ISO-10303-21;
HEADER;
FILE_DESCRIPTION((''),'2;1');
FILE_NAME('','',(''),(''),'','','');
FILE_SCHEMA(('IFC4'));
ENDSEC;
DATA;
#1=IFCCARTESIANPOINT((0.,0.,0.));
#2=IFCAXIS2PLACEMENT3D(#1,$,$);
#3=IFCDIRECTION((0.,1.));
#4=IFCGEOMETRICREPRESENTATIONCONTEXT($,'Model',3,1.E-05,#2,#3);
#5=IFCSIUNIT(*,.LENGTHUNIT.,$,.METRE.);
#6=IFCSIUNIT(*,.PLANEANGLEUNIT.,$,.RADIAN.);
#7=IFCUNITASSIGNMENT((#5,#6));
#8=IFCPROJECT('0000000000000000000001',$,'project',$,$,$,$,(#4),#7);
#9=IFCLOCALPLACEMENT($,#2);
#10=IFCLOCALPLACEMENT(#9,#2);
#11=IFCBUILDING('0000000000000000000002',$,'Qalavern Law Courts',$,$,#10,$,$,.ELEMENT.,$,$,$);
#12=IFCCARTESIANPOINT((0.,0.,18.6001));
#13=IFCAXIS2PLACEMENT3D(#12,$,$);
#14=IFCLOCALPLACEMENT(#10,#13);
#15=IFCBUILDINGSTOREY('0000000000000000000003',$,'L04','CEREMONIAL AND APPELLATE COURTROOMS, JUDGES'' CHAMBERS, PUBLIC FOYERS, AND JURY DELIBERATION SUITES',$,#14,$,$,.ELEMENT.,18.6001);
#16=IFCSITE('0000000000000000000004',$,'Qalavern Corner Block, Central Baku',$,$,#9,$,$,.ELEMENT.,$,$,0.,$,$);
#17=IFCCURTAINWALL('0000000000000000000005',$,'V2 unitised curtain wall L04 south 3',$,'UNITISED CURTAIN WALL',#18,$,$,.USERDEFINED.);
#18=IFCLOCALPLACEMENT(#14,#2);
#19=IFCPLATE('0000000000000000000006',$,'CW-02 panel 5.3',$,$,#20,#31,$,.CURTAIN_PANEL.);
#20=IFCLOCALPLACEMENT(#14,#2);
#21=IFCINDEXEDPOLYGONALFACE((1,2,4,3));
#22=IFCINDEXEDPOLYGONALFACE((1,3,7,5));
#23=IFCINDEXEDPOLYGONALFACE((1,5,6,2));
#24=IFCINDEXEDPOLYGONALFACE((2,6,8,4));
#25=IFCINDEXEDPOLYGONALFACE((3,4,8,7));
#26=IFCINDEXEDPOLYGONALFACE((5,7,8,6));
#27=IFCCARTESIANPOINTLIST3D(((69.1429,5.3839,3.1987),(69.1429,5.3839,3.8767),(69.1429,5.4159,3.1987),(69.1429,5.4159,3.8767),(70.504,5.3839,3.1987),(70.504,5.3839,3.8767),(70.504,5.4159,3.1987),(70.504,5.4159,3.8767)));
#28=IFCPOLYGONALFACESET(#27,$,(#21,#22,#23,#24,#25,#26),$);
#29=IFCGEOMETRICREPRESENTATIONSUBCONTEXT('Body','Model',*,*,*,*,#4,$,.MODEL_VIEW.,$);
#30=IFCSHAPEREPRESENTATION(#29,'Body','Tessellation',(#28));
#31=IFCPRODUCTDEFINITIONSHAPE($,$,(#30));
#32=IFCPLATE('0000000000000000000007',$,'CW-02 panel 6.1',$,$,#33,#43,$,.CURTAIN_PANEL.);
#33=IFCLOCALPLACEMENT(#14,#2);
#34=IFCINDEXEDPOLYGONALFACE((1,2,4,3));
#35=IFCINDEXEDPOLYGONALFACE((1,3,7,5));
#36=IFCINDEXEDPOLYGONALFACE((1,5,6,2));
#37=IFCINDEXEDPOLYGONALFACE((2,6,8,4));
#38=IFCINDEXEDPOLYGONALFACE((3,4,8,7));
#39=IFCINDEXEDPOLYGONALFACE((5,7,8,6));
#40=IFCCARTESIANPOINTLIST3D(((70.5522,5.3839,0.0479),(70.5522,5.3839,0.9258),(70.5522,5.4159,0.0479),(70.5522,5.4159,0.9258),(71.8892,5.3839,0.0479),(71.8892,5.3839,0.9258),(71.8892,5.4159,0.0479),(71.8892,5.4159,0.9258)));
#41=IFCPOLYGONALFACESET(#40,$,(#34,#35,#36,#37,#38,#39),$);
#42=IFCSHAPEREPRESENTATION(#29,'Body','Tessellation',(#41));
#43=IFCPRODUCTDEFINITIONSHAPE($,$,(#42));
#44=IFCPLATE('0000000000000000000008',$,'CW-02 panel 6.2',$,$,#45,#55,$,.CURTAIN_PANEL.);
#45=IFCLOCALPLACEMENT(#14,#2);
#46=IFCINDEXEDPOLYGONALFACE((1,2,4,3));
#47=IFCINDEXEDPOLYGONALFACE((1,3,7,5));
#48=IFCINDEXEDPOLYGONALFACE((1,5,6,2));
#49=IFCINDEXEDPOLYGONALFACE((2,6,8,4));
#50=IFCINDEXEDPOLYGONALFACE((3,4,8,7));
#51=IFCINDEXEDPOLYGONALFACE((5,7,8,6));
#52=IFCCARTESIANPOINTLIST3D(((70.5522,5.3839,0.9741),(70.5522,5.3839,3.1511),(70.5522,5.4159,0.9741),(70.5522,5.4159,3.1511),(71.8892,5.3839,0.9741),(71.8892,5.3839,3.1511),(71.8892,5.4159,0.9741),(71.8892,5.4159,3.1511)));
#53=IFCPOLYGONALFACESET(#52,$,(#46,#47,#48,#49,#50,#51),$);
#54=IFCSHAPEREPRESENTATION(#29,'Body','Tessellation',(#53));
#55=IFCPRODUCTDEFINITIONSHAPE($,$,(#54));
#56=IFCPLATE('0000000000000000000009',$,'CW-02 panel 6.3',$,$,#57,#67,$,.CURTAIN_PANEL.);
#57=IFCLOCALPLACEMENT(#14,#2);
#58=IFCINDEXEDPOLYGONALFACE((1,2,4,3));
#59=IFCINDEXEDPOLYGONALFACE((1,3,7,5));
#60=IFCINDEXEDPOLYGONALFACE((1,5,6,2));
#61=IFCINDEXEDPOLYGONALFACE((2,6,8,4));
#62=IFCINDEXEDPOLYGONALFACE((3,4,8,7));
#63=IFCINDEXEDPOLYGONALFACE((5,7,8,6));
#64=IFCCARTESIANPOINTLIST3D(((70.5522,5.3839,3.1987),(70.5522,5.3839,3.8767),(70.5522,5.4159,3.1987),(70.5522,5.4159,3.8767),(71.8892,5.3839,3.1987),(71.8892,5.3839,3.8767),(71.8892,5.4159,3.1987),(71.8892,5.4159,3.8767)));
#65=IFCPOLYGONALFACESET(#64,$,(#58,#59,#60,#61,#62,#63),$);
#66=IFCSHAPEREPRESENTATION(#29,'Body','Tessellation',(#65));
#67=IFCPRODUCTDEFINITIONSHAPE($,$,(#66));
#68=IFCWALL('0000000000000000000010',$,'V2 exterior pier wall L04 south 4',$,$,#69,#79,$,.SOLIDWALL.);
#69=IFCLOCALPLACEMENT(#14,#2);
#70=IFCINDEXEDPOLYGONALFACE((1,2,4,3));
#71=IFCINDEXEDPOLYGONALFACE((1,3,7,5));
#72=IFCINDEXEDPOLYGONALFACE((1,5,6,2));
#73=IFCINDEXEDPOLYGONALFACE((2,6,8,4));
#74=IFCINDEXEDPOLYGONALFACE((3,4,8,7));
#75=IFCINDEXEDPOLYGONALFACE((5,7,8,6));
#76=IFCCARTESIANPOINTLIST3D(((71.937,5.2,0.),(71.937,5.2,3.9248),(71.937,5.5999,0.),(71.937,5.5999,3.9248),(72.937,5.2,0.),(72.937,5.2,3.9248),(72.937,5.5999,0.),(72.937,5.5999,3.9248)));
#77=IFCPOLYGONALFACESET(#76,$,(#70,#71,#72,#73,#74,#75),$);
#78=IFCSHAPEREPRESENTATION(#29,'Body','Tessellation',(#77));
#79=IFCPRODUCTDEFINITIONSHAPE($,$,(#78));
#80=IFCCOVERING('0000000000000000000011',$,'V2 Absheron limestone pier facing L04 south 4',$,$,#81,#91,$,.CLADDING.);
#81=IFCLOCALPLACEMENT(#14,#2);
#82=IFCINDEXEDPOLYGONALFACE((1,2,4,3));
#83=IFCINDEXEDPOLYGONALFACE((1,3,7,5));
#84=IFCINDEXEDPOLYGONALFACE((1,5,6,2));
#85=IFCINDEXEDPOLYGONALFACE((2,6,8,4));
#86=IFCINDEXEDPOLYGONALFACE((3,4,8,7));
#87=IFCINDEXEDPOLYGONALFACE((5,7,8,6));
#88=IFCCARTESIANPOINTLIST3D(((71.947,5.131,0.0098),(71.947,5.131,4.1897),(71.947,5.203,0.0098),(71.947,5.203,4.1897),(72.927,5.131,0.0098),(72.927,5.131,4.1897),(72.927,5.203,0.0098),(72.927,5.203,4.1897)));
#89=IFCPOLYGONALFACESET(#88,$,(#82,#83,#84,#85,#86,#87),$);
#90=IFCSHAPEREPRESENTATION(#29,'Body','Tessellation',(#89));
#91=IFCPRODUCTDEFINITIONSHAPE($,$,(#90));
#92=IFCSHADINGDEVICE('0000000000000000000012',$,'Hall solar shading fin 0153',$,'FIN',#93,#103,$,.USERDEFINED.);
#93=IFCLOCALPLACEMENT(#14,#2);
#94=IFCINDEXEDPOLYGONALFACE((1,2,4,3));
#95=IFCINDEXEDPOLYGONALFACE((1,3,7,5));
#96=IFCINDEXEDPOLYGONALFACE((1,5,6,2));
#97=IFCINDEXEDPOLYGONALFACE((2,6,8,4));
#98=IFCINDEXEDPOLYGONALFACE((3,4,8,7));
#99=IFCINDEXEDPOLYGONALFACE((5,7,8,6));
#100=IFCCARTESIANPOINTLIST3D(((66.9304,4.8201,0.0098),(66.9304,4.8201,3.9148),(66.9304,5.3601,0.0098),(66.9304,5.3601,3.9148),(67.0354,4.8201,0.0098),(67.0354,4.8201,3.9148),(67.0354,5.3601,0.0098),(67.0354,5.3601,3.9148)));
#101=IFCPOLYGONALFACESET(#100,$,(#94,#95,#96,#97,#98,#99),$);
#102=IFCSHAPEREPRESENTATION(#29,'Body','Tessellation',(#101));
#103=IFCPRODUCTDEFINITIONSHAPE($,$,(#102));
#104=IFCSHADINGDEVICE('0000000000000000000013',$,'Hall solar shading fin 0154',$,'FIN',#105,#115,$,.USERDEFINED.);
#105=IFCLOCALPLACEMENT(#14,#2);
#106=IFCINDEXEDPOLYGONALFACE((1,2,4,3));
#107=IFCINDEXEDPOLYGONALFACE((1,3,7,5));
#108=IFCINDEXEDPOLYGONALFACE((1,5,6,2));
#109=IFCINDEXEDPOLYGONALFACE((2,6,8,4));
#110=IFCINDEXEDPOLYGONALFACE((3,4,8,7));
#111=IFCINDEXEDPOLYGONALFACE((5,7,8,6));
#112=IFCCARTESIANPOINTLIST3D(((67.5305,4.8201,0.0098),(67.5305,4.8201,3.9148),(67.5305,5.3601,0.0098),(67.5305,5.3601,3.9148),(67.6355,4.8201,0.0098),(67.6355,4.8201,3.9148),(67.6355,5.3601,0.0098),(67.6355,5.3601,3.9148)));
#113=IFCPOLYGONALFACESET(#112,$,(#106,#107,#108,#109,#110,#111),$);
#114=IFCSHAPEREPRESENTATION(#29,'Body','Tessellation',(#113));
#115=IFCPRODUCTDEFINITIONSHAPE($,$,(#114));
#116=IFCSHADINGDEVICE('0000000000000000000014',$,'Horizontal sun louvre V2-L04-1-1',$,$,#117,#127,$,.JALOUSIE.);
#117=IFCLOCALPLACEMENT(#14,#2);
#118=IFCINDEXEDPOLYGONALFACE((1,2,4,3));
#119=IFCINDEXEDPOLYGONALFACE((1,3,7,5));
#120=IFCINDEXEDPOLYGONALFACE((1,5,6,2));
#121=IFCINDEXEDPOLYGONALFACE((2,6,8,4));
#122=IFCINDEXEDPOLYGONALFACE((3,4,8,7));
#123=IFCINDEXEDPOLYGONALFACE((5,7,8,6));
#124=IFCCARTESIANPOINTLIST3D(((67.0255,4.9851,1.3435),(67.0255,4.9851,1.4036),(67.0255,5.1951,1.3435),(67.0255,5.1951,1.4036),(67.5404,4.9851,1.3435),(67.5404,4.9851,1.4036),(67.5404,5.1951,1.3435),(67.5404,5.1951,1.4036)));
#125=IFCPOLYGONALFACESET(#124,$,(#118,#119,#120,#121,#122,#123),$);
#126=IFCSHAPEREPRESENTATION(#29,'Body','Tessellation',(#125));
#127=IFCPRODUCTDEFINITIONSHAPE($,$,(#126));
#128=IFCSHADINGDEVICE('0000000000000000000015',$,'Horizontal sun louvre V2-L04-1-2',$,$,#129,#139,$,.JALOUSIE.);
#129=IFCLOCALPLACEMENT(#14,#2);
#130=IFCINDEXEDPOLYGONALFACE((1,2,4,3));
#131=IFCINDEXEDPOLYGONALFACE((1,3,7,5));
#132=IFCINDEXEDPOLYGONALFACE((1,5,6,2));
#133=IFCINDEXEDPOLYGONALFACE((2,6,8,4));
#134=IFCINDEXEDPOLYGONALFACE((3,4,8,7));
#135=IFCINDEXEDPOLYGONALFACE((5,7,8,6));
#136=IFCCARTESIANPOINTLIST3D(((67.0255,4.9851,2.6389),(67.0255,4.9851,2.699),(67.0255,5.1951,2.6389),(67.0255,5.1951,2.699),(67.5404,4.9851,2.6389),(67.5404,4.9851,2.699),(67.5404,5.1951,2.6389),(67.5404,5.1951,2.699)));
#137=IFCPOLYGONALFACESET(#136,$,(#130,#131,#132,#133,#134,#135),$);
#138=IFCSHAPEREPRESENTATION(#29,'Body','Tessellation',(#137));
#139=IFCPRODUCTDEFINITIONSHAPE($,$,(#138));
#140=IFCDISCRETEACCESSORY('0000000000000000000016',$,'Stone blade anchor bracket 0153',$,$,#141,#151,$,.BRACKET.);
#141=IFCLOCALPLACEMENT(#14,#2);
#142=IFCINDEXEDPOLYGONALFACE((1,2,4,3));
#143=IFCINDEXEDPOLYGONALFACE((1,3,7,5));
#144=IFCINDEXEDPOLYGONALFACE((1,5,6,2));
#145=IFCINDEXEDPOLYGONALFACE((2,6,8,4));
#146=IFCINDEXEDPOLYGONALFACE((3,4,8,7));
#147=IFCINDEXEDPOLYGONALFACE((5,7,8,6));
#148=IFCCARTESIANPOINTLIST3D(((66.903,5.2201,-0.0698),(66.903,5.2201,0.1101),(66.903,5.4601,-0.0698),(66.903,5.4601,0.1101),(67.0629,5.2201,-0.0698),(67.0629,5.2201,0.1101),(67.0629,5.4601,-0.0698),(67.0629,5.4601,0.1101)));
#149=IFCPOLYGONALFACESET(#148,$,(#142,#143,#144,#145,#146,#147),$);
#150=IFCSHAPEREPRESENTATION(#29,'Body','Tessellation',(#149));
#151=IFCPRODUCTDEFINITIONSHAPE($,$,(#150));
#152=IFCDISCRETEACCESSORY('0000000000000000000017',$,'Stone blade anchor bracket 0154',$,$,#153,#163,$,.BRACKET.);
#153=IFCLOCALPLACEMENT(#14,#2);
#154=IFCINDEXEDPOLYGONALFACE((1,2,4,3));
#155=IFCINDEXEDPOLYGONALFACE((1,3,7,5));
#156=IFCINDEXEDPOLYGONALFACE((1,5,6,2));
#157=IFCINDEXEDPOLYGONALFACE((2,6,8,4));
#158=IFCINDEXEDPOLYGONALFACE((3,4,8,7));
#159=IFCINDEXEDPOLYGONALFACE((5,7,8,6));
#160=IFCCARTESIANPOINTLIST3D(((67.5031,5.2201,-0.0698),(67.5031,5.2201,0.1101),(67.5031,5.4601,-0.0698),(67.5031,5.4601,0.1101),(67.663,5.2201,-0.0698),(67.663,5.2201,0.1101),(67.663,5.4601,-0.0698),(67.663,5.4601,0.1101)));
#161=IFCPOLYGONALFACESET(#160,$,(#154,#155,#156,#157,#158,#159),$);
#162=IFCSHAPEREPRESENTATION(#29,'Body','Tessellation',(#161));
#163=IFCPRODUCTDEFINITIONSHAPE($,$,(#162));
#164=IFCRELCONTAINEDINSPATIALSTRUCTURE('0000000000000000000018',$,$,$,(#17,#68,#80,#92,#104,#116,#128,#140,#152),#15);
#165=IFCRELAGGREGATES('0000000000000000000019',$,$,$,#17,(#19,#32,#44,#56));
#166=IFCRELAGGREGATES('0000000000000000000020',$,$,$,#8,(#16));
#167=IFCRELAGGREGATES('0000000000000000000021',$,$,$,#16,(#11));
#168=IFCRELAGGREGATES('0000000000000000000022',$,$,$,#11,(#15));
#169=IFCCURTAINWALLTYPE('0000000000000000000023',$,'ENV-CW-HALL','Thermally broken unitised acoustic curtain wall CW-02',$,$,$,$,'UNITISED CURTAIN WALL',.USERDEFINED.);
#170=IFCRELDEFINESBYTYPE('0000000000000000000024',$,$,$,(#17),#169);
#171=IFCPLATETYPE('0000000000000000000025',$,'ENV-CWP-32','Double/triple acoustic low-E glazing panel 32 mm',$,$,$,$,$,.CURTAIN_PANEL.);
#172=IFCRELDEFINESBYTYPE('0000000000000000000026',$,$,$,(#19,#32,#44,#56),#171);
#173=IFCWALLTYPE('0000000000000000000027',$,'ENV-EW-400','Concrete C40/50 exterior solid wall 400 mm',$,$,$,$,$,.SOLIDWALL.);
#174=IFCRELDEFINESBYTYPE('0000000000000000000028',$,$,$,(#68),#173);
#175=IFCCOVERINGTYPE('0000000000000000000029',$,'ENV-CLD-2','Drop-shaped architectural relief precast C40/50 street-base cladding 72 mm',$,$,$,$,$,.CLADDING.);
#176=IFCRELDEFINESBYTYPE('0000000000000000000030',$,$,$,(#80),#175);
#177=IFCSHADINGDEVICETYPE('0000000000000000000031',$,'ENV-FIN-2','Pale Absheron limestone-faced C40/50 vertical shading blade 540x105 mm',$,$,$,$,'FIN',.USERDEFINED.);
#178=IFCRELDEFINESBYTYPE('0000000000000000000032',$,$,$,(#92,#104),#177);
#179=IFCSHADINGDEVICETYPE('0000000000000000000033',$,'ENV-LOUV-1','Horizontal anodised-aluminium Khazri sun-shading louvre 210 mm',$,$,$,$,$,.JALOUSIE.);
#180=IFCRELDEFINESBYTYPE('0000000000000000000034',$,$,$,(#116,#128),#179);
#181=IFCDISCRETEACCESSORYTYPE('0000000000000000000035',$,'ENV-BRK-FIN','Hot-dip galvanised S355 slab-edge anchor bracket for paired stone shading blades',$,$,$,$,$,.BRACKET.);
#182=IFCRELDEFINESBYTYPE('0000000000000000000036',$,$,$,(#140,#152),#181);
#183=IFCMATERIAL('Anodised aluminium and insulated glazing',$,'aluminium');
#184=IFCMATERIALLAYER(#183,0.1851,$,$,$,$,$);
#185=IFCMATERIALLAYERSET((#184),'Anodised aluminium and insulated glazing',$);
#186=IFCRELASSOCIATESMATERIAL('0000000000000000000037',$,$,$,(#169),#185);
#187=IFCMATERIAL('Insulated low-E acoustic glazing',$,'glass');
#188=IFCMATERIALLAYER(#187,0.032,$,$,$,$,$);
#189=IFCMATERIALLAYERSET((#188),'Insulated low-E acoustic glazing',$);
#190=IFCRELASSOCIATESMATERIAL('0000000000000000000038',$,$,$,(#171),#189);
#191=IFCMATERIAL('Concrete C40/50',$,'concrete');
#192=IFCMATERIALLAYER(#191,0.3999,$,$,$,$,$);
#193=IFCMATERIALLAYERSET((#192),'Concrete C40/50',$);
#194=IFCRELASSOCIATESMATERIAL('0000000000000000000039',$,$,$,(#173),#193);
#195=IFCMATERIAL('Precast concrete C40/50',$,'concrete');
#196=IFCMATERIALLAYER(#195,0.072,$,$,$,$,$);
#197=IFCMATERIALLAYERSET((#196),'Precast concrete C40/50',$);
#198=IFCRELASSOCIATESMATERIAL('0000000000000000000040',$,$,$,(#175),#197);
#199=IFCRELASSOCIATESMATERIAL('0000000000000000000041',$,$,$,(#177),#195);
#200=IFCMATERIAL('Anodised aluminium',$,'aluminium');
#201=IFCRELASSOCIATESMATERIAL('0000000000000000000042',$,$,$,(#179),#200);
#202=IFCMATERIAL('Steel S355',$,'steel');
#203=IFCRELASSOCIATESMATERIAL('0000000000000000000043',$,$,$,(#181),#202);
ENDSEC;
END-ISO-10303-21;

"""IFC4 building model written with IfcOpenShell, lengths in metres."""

from ifc_helpers import new_model, si_unit, direction, frame, frame_2d, origin, origin_2d, place, context, subcontext, project, spatial, rectangle, extrude, material, layer, layer_set, type_object, element, aggregate, save


model = new_model("IFC4")

# Units and contexts
model_context = context("Model", 3, precision=1e-05, world=origin(), true_north=direction((0.0, 1.0)))
body_context = subcontext(model_context, "Body", "Model", "MODEL_VIEW")
ifc_project = project(units=[si_unit("LENGTHUNIT", "METRE"), si_unit("PLANEANGLEUNIT", "RADIAN")], contexts=[model_context])

# Site, building, storey
site_placement = place(None, origin())
site = spatial("IfcSite", under=ifc_project, at=site_placement, Name="Qalavern Corner Block, Central Baku", CompositionType="ELEMENT", RefElevation=0.0)
building_placement = place(site_placement, origin())
building = spatial("IfcBuilding", under=site, at=building_placement, Name="Qalavern Law Courts", CompositionType="ELEMENT")
storey_placement = place(building_placement, frame((0.0, 0.0, 18.6001)))
storey = spatial("IfcBuildingStorey", under=building, at=storey_placement, Name="L04", Description="CEREMONIAL AND APPELLATE COURTROOMS, JUDGES' CHAMBERS, PUBLIC FOYERS, AND JURY DELIBERATION SUITES", CompositionType="ELEMENT", Elevation=18.6001)

# Curtain wall, plates
ifc_material_1 = material(Name="Anodised aluminium and insulated glazing", Category="aluminium")
ifc_layer_1 = layer(ifc_material_1, 0.1851)
ifc_layer_set_1 = layer_set([ifc_layer_1], Name="Anodised aluminium and insulated glazing")
curtain_wall_type = type_object("IfcCurtainWallType", Name="ENV-CW-HALL", Description="Thermally broken unitised acoustic curtain wall CW-02", ElementType="UNITISED CURTAIN WALL", PredefinedType="USERDEFINED", material=ifc_layer_set_1)
curtain_wall_placement = place(storey_placement, origin())
curtain_wall = element("IfcCurtainWall", 1, at=curtain_wall_placement, inside=storey, type_object=curtain_wall_type, Name="V2 unitised curtain wall L04 south 3", ObjectType="UNITISED CURTAIN WALL", PredefinedType="USERDEFINED")
ifc_material_2 = material(Name="Anodised aluminium", Category="aluminium")
ifc_material_3 = material(Name="Insulated low-E acoustic glazing", Category="glass")
ifc_layer_2 = layer(ifc_material_3, 0.032)
ifc_layer_set_2 = layer_set([ifc_layer_2], Name="Insulated low-E acoustic glazing")
plate_type = type_object("IfcPlateType", Name="ENV-CWP-32", Description="Double/triple acoustic low-E glazing panel 32 mm", PredefinedType="CURTAIN_PANEL", material=ifc_layer_set_2)
plate_1_placement = place(storey_placement, frame((69.8235, 5.3999, 3.1987), z_axis=(0.0, 0.0, 1.0), x_axis=(1.0, 0.0, 0.0)))
plate_1 = element("IfcPlate", 2, at=plate_1_placement, type_object=plate_type, Name="CW-02 panel 5.3", PredefinedType="CURTAIN_PANEL", context=body_context, shape_type="SweptSolid", body=[
    extrude(rectangle(XDim=1.3611, YDim=0.032, at=origin_2d()), origin(), (0.0, 0.0, 1.0), 0.678),
])
plate_2_placement = place(storey_placement, frame((71.2207, 5.3999, 0.0479), z_axis=(0.0, 0.0, 1.0), x_axis=(1.0, 0.0, 0.0)))
plate_2 = element("IfcPlate", 3, at=plate_2_placement, type_object=plate_type, Name="CW-02 panel 6.1", PredefinedType="CURTAIN_PANEL", context=body_context, shape_type="SweptSolid", body=[
    extrude(rectangle(XDim=1.3369, YDim=0.032, at=origin_2d()), origin(), (0.0, 0.0, 1.0), 0.8779),
])
plate_3_placement = place(storey_placement, frame((71.2207, 5.3999, 0.9741), z_axis=(0.0, 0.0, 1.0), x_axis=(1.0, 0.0, 0.0)))
plate_3 = element("IfcPlate", 4, at=plate_3_placement, type_object=plate_type, Name="CW-02 panel 6.2", PredefinedType="CURTAIN_PANEL", context=body_context, shape_type="SweptSolid", body=[
    extrude(rectangle(XDim=1.3369, YDim=0.032, at=origin_2d()), origin(), (0.0, 0.0, 1.0), 2.177),
])
plate_4_placement = place(storey_placement, frame((71.2207, 5.3999, 3.1987), z_axis=(0.0, 0.0, 1.0), x_axis=(1.0, 0.0, 0.0)))
plate_4 = element("IfcPlate", 5, at=plate_4_placement, type_object=plate_type, Name="CW-02 panel 6.3", PredefinedType="CURTAIN_PANEL", context=body_context, shape_type="SweptSolid", body=[
    extrude(rectangle(XDim=1.3369, YDim=0.032, at=origin_2d()), origin(), (0.0, 0.0, 1.0), 0.678),
])
aggregate(curtain_wall, [plate_1, plate_2, plate_3, plate_4])

# Wall
ifc_material_4 = material(Name="Concrete C40/50", Category="concrete")
ifc_layer_3 = layer(ifc_material_4, 0.3999)
ifc_layer_set_3 = layer_set([ifc_layer_3], Name="Concrete C40/50")
wall_type = type_object("IfcWallType", Name="ENV-EW-400", Description="Concrete C40/50 exterior solid wall 400 mm", PredefinedType="SOLIDWALL", material=ifc_layer_set_3)
wall_placement = place(storey_placement, frame((71.937, 5.3999, 0.0), z_axis=(0.0, 0.0, 1.0), x_axis=(1.0, 0.0, 0.0)))
element("IfcWall", 6, at=wall_placement, inside=storey, type_object=wall_type, Name="V2 exterior pier wall L04 south 4", PredefinedType="SOLIDWALL", context=body_context, shape_type="SweptSolid", body=[
    extrude(rectangle(XDim=1.0, YDim=0.3999, at=frame_2d((0.5, 0.0))), origin(), (0.0, 0.0, 1.0), 3.9248),
])

# Covering
ifc_material_5 = material(Name="Precast concrete C40/50", Category="concrete")
ifc_layer_4 = layer(ifc_material_5, 0.072)
ifc_layer_set_4 = layer_set([ifc_layer_4], Name="Precast concrete C40/50")
covering_type = type_object("IfcCoveringType", Name="ENV-CLD-2", Description="Drop-shaped architectural relief precast C40/50 street-base cladding 72 mm", PredefinedType="CLADDING", material=ifc_layer_set_4)
covering_placement = place(storey_placement, frame((72.437, 5.167, 0.0098), z_axis=(0.0, 0.0, 1.0), x_axis=(1.0, 0.0, 0.0)))
element("IfcCovering", 7, at=covering_placement, inside=storey, type_object=covering_type, Name="V2 Absheron limestone pier facing L04 south 4", PredefinedType="CLADDING", context=body_context, shape_type="SweptSolid", body=[
    extrude(rectangle(XDim=0.98, YDim=0.072, at=origin_2d()), origin(), (0.0, 0.0, 1.0), 4.1799),
])

# Shading devices
shading_device_type_1 = type_object("IfcShadingDeviceType", Name="ENV-FIN-2", Description="Pale Absheron limestone-faced C40/50 vertical shading blade 540x105 mm", ElementType="FIN", PredefinedType="USERDEFINED", material=ifc_material_5)
for number, where, z_axis, x_axis, name in (
    (8, (66.9829, 5.0901, 0.0098), (0.0, 0.0, 1.0), (0.0, -1.0, 0.0), "Hall solar shading fin 0153"),
    (9, (67.583, 5.0901, 0.0098), (0.0, 0.0, 1.0), (0.0, -1.0, 0.0), "Hall solar shading fin 0154"),
):
    element("IfcShadingDevice", number, at=place(storey_placement, frame(where, z_axis=z_axis, x_axis=x_axis)), inside=storey, type_object=shading_device_type_1, Name=name, ObjectType="FIN", PredefinedType="USERDEFINED", context=body_context, shape_type="SweptSolid", body=[
        extrude(rectangle(XDim=0.54, YDim=0.105, at=origin_2d()), origin(), (0.0, 0.0, 1.0), 3.905),
    ])
shading_device_type_2 = type_object("IfcShadingDeviceType", Name="ENV-LOUV-1", Description="Horizontal anodised-aluminium Khazri sun-shading louvre 210 mm", PredefinedType="JALOUSIE", material=ifc_material_2)
for number, where, z_axis, x_axis, name in (
    (10, (67.283, 5.0901, 1.3435), (0.0, 0.0, 1.0), (1.0, 0.0, 0.0), "Horizontal sun louvre V2-L04-1-1"),
    (11, (67.283, 5.0901, 2.6389), (0.0, 0.0, 1.0), (1.0, 0.0, 0.0), "Horizontal sun louvre V2-L04-1-2"),
):
    element("IfcShadingDevice", number, at=place(storey_placement, frame(where, z_axis=z_axis, x_axis=x_axis)), inside=storey, type_object=shading_device_type_2, Name=name, PredefinedType="JALOUSIE", context=body_context, shape_type="SweptSolid", body=[
        extrude(rectangle(XDim=0.5149, YDim=0.21, at=origin_2d()), origin(), (0.0, 0.0, 1.0), 0.0601),
    ])

# Discrete accessories
ifc_material_6 = material(Name="Steel S355", Category="steel")
discrete_accessory_type = type_object("IfcDiscreteAccessoryType", Name="ENV-BRK-FIN", Description="Hot-dip galvanised S355 slab-edge anchor bracket for paired stone shading blades", PredefinedType="BRACKET", material=ifc_material_6)
for number, where, z_axis, x_axis, name in (
    (12, (66.9829, 5.3401, -0.0698), (0.0, 0.0, 1.0), (0.0, -1.0, 0.0), "Stone blade anchor bracket 0153"),
    (13, (67.583, 5.3401, -0.0698), (0.0, 0.0, 1.0), (0.0, -1.0, 0.0), "Stone blade anchor bracket 0154"),
):
    element("IfcDiscreteAccessory", number, at=place(storey_placement, frame(where, z_axis=z_axis, x_axis=x_axis)), inside=storey, type_object=discrete_accessory_type, Name=name, PredefinedType="BRACKET", context=body_context, shape_type="SweptSolid", body=[
        extrude(rectangle(XDim=0.24, YDim=0.1599, at=origin_2d()), origin(), (0.0, 0.0, 1.0), 0.1799),
    ])

save(model, "model.ifc")
